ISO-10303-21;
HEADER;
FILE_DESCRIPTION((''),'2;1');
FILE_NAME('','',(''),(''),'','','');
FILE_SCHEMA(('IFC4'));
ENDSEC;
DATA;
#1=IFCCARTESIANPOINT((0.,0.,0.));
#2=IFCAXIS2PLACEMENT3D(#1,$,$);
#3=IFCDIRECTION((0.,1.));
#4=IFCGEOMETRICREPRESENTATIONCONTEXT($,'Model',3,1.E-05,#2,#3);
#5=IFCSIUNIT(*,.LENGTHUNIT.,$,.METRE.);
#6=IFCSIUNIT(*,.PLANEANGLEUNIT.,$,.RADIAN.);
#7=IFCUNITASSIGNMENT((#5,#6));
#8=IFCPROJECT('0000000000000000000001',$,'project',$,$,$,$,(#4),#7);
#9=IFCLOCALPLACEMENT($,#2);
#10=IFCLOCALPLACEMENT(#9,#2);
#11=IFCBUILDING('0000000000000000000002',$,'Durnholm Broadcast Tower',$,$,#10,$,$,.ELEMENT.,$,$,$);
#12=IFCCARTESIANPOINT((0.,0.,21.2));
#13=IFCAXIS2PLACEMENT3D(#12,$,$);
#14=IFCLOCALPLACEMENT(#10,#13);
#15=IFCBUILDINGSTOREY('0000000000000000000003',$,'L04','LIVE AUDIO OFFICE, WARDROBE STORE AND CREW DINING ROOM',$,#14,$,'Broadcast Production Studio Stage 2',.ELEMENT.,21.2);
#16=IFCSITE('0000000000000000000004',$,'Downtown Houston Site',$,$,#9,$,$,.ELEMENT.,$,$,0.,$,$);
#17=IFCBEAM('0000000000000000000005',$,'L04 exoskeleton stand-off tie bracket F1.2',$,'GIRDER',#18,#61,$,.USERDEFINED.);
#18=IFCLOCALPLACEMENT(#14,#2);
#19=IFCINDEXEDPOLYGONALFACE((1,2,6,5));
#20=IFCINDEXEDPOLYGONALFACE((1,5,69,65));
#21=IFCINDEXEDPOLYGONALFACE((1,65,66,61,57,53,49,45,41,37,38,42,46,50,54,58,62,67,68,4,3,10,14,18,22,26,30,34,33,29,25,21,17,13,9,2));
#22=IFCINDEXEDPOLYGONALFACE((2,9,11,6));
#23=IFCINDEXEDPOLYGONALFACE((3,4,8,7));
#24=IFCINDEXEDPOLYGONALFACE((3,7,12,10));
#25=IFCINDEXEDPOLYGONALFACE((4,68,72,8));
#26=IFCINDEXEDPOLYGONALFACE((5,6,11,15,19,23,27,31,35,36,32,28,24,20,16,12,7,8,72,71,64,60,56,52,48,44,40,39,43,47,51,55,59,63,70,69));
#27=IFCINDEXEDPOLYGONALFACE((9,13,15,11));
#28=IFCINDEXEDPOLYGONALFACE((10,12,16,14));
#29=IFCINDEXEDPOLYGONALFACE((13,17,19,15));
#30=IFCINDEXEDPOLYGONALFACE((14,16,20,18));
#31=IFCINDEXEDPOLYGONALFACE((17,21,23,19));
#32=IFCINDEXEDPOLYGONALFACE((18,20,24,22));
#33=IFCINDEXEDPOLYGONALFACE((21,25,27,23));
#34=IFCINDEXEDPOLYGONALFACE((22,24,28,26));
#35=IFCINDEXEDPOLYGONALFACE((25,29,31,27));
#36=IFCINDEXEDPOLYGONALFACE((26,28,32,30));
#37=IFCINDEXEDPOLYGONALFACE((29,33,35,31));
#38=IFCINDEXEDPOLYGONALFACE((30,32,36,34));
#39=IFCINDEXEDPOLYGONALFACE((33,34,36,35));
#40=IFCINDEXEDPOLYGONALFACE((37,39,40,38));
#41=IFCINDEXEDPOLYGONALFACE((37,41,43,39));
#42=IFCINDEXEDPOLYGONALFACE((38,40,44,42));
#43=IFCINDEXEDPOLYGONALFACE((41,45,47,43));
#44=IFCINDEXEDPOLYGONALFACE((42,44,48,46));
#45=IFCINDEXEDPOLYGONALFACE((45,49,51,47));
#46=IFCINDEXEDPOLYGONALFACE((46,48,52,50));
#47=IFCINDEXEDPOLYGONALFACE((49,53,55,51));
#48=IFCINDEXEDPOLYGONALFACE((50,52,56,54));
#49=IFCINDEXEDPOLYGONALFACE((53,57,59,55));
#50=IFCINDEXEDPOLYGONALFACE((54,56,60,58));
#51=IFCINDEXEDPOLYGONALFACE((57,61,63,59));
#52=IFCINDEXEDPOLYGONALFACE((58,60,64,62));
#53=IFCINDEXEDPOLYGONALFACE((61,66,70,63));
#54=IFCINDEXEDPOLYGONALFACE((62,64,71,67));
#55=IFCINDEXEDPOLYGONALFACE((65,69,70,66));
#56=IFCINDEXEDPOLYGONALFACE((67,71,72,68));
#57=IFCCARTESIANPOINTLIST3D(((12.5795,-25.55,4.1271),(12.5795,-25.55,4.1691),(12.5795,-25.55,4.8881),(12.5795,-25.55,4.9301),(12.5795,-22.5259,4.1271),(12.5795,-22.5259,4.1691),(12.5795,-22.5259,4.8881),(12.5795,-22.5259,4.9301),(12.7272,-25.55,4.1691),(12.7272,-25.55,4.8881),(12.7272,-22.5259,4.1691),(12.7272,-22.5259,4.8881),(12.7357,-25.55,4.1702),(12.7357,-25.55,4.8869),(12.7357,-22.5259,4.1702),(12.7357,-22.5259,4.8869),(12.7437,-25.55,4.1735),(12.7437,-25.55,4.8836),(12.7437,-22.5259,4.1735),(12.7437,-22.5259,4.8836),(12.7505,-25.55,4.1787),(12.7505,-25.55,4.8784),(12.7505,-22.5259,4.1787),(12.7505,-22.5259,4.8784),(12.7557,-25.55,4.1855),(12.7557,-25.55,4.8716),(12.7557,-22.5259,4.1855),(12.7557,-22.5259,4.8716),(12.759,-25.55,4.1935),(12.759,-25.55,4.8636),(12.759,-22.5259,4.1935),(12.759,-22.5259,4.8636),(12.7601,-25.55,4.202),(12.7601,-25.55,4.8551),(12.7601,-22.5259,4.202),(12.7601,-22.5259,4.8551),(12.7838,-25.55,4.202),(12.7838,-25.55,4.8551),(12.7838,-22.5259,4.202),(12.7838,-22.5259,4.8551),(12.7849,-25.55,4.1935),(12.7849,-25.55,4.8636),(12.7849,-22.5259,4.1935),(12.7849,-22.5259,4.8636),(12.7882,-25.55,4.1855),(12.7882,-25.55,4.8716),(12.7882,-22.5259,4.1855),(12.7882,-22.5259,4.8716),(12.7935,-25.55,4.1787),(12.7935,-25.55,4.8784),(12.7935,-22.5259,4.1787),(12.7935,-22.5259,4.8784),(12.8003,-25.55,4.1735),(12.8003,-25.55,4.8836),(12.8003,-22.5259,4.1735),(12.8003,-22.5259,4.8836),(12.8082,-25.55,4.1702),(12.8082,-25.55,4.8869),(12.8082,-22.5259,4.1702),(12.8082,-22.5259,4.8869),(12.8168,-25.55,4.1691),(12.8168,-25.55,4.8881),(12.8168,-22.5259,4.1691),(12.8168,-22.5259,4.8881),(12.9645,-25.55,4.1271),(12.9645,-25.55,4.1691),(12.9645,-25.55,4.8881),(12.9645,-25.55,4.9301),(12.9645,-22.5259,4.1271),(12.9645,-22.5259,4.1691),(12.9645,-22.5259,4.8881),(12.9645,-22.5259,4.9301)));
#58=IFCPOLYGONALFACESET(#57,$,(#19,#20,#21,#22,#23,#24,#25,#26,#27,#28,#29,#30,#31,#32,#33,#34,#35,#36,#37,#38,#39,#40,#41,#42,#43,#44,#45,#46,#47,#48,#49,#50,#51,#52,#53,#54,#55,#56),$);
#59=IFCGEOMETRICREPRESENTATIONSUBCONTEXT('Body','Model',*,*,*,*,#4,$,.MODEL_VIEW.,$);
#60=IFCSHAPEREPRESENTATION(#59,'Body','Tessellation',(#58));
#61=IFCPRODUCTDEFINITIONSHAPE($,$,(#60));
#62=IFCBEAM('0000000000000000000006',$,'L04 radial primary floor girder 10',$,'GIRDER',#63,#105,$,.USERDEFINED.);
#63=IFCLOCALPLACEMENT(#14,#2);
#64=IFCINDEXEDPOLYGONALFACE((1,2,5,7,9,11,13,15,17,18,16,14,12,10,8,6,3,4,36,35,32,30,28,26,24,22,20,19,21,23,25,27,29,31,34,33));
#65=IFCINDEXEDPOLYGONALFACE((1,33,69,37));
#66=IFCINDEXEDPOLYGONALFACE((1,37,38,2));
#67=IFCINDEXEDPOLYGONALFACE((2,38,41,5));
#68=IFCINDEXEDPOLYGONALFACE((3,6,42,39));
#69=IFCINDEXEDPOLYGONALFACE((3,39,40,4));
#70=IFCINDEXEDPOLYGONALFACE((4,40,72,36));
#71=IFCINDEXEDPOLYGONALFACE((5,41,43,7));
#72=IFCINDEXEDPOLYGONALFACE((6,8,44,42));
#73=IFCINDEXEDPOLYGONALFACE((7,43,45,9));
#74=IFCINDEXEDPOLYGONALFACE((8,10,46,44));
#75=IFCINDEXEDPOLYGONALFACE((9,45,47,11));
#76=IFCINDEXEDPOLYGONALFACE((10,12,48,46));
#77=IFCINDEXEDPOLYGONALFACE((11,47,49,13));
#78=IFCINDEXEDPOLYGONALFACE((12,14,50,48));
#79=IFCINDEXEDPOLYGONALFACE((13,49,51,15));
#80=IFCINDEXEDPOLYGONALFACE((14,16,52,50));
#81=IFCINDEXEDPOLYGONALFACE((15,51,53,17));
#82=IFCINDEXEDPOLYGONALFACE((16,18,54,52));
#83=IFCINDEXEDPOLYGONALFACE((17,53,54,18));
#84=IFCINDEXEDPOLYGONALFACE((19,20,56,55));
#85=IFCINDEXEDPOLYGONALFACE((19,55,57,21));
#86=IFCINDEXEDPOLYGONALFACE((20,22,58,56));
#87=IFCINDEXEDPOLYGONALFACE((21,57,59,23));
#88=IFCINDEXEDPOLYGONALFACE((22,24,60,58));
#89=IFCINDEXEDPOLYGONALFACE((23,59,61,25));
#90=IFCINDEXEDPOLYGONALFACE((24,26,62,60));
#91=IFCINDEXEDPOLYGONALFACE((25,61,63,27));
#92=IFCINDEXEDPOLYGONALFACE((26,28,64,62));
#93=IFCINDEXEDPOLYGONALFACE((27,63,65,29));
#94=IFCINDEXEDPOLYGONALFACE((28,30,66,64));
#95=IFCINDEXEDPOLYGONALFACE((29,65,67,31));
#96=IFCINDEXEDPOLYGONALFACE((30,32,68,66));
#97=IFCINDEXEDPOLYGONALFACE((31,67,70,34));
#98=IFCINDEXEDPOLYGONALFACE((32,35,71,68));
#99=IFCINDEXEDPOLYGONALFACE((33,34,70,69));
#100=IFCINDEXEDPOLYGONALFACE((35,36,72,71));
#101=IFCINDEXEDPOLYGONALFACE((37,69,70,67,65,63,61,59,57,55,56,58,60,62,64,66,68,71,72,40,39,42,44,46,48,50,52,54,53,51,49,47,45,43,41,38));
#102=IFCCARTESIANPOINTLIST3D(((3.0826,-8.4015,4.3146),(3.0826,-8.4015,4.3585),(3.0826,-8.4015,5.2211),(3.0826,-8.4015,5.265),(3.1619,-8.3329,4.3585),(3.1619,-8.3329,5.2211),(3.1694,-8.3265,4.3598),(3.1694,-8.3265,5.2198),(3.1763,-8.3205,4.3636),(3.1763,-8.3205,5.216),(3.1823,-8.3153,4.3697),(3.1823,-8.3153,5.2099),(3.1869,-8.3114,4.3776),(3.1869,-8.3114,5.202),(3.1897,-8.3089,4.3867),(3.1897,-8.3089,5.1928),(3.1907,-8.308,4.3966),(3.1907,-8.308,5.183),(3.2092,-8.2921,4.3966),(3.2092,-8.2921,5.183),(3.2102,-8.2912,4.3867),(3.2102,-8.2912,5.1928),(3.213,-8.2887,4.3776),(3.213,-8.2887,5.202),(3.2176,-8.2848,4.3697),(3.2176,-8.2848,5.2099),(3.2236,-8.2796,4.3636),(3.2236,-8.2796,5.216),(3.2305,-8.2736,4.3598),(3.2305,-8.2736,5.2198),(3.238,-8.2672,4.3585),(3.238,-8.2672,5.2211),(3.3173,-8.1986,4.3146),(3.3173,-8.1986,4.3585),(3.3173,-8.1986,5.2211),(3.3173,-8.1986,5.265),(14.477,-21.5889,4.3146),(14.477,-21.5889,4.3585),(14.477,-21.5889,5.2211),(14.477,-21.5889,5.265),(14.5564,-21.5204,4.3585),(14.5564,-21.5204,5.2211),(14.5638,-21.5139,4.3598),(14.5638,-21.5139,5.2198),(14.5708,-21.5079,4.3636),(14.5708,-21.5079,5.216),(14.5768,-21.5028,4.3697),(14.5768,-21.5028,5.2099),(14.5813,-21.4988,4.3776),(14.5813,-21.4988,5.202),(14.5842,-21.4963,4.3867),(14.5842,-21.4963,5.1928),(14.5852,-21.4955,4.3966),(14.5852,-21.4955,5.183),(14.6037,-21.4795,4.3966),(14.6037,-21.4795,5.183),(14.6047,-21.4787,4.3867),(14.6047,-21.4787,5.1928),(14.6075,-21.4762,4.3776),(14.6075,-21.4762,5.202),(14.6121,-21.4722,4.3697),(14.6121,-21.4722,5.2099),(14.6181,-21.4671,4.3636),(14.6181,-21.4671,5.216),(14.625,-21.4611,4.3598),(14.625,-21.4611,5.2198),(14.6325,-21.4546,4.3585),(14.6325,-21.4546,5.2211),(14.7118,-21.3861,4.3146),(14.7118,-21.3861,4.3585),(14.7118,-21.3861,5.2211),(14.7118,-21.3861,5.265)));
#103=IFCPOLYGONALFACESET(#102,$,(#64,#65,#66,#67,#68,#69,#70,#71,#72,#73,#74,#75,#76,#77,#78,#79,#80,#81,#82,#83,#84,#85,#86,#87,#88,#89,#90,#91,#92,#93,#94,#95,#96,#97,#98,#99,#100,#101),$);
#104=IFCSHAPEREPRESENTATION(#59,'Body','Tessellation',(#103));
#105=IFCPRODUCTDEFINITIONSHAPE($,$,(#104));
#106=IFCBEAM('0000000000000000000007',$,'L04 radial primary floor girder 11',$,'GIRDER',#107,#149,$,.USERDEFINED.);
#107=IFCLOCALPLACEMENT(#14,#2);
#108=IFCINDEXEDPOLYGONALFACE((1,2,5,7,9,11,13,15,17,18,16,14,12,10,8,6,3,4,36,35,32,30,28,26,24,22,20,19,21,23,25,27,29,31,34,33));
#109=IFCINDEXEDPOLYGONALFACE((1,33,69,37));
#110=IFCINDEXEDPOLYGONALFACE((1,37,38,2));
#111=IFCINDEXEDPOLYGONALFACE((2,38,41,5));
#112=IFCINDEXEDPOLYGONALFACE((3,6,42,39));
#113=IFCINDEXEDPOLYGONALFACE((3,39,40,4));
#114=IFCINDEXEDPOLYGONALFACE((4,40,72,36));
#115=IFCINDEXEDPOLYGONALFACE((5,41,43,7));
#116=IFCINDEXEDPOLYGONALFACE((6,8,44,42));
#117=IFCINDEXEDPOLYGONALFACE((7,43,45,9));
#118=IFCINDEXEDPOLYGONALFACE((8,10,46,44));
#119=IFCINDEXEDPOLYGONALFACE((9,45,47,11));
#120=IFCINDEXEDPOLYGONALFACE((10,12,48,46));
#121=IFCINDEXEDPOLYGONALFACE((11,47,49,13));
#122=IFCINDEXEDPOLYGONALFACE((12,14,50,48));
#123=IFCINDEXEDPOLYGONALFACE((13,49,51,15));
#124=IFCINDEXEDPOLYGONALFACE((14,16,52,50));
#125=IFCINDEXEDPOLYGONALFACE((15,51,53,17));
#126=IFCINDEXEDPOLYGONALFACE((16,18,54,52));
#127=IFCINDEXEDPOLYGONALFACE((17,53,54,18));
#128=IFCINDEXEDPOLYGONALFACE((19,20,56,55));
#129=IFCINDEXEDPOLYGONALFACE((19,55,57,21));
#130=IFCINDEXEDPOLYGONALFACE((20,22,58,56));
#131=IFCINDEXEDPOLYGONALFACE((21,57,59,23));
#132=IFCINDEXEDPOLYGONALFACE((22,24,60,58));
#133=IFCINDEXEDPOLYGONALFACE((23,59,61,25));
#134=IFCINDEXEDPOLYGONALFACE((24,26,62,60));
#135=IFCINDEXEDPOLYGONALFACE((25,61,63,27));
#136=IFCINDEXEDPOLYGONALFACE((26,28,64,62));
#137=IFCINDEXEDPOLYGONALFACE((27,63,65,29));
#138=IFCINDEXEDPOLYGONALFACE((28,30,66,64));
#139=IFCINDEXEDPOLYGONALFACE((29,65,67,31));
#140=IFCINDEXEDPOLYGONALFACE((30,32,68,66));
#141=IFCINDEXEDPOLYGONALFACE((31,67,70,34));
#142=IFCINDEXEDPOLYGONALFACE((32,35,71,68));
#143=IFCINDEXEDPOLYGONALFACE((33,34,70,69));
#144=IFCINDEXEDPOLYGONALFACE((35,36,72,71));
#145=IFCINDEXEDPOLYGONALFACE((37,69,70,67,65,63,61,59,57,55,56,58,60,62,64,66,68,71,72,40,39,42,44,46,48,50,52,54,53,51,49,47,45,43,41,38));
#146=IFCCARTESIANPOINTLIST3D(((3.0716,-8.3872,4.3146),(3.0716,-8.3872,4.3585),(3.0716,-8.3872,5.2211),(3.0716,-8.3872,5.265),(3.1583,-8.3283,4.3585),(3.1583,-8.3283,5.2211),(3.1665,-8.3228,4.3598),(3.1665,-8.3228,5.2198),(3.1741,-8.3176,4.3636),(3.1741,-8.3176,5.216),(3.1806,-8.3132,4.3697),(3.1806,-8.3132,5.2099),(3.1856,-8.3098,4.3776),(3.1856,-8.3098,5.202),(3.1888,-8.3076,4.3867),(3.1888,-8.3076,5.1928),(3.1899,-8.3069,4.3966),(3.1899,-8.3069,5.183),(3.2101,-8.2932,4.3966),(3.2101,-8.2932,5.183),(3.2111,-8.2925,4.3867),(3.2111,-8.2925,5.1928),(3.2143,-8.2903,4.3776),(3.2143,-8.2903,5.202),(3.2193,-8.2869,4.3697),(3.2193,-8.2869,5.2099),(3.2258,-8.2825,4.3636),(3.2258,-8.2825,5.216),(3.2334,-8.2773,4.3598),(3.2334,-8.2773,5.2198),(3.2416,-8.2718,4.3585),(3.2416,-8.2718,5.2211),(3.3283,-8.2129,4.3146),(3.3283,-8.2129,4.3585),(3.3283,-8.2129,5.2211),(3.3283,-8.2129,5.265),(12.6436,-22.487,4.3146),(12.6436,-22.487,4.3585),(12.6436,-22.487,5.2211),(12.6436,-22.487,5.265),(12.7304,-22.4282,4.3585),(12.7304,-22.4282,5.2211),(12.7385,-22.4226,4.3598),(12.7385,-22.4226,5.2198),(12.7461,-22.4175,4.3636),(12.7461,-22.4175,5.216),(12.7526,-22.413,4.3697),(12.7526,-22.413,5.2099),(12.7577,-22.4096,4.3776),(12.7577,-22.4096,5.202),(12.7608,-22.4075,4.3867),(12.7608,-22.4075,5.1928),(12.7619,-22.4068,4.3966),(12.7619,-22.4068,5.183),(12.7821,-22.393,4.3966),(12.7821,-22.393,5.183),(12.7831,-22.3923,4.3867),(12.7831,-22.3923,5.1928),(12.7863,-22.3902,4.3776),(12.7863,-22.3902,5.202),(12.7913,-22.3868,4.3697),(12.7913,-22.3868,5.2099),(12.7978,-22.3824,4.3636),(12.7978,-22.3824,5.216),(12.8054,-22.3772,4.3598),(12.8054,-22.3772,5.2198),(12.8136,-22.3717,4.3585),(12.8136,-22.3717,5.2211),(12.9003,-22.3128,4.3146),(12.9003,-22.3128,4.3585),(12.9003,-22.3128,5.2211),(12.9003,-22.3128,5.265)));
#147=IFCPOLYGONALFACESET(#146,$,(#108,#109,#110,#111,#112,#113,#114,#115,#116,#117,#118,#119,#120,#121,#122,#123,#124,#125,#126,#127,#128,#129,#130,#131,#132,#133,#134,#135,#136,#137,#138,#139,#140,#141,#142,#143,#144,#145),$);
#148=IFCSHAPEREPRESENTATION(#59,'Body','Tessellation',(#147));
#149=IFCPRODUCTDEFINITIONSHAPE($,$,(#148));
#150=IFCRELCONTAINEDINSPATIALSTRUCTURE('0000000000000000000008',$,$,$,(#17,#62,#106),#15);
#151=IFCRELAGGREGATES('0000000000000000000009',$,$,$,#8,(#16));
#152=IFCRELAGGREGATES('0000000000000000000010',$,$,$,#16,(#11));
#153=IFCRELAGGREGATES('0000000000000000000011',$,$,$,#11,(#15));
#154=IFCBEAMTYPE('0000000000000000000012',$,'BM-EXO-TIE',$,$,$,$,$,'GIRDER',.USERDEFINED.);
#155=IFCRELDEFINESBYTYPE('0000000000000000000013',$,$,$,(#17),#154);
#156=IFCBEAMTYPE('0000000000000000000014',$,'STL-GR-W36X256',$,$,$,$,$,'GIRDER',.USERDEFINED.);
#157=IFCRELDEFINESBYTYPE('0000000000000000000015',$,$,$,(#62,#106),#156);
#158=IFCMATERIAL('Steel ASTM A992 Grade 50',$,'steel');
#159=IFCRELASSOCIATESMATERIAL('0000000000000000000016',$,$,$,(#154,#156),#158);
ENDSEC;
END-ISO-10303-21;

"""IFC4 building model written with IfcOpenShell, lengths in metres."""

from ifc_helpers import new_model, si_unit, direction, frame, origin, origin_2d, place, context, subcontext, project, spatial, i_section, extrude, source, transform, mapped, material, material_profile, profile_set, type_object, type_shapes, element, save


model = new_model("IFC4")

# Units and contexts
model_context = context("Model", 3, precision=1e-05, world=origin(), true_north=direction((0.0, 1.0)))
body_context = subcontext(model_context, "Body", "Model", "MODEL_VIEW")
ifc_project = project(units=[si_unit("LENGTHUNIT", "METRE"), si_unit("PLANEANGLEUNIT", "RADIAN")], contexts=[model_context])

# Site, building, storey
site_placement = place(None, origin())
site = spatial("IfcSite", under=ifc_project, at=site_placement, Name="Downtown Houston Site", CompositionType="ELEMENT", RefElevation=0.0)
building_placement = place(site_placement, origin())
building = spatial("IfcBuilding", under=site, at=building_placement, Name="Durnholm Broadcast Tower", CompositionType="ELEMENT")
storey_placement = place(building_placement, frame((0.0, 0.0, 21.2)))
storey = spatial("IfcBuildingStorey", under=building, at=storey_placement, Name="L04", Description="LIVE AUDIO OFFICE, WARDROBE STORE AND CREW DINING ROOM", LongName="Broadcast Production Studio Stage 2", CompositionType="ELEMENT", Elevation=21.2)

# Beams
ifc_material_1 = material(Name="Steel ASTM A992 Grade 50", Category="steel")
ifc_material_profile_1 = material_profile(ifc_material_1, i_section(OverallWidth=0.385, OverallDepth=0.803, WebThickness=0.0237, FlangeThickness=0.042, FilletRadius=0.033, at=origin_2d()), Name="W30X261")
ifc_profile_set_1 = profile_set([ifc_material_profile_1], Name="Steel ASTM A992 Grade 50")
beam_type_1 = type_object("IfcBeamType", Name="BM-EXO-TIE", ElementType="GIRDER", PredefinedType="USERDEFINED", material=ifc_profile_set_1)
shared_shape_1 = source(origin(), body_context, "Body", "SweptSolid", [
    extrude(i_section(OverallWidth=0.385, OverallDepth=0.803, WebThickness=0.0237, FlangeThickness=0.042, FilletRadius=0.033, at=origin_2d()), origin(), (0.0, 0.0, 1.0), 3.0242),
])
type_shapes(beam_type_1, [shared_shape_1])
beam_1_placement = place(storey_placement, frame((12.772, -22.5259, 4.5286), z_axis=(0.0, -1.0, 0.0), x_axis=(1.0, 0.0, 0.0)))
element("IfcBeam", 1, at=beam_1_placement, inside=storey, type_object=beam_type_1, Name="L04 exoskeleton stand-off tie bracket F1.2", ObjectType="GIRDER", PredefinedType="USERDEFINED", context=body_context, shape_type="MappedRepresentation", body=[
    mapped(shared_shape_1, transform((0.0, 0.0, 0.0), x_axis=(1.0, 0.0, 0.0), y_axis=(0.0, 1.0, 0.0), z_axis=(0.0, 0.0, 1.0), scale=1.0)),
])
ifc_material_profile_2 = material_profile(ifc_material_1, i_section(OverallWidth=0.3103, OverallDepth=0.9504, WebThickness=0.0244, FlangeThickness=0.0439, FilletRadius=0.0381, at=origin_2d()), Name="W36X256")
ifc_profile_set_2 = profile_set([ifc_material_profile_2], Name="Steel ASTM A992 Grade 50")
beam_type_2 = type_object("IfcBeamType", Name="STL-GR-W36X256", ElementType="GIRDER", PredefinedType="USERDEFINED", material=ifc_profile_set_2)
shared_shape_2 = source(origin(), body_context, "Body", "SweptSolid", [
    extrude(i_section(OverallWidth=0.3103, OverallDepth=0.9504, WebThickness=0.0244, FlangeThickness=0.0439, FilletRadius=0.0381, at=origin_2d()), origin(), (0.0, 0.0, 1.0), 17.4282),
])
beam_2_placement = place(storey_placement, frame((3.2, -8.3, 4.7898), z_axis=(0.653795, -0.756672, 0.0), x_axis=(0.756672, 0.653795, 0.0)))
element("IfcBeam", 2, at=beam_2_placement, inside=storey, type_object=beam_type_2, Name="L04 radial primary floor girder 10", ObjectType="GIRDER", PredefinedType="USERDEFINED", context=body_context, shape_type="MappedRepresentation", body=[
    mapped(shared_shape_2, transform((0.0, 0.0, 0.0), x_axis=(1.0, 0.0, 0.0), y_axis=(0.0, 1.0, 0.0), z_axis=(0.0, 0.0, 1.0), scale=1.0)),
])
shared_shape_3 = source(origin(), body_context, "Body", "SweptSolid", [
    extrude(i_section(OverallWidth=0.3103, OverallDepth=0.9504, WebThickness=0.0244, FlangeThickness=0.0439, FilletRadius=0.0381, at=origin_2d()), origin(), (0.0, 0.0, 1.0), 17.042),
])
type_shapes(beam_type_2, [shared_shape_2, shared_shape_3])
beam_3_placement = place(storey_placement, frame((3.2, -8.3, 4.7898), z_axis=(0.561673, -0.82736, 0.0), x_axis=(0.82736, 0.561673, 0.0)))
element("IfcBeam", 3, at=beam_3_placement, inside=storey, type_object=beam_type_2, Name="L04 radial primary floor girder 11", ObjectType="GIRDER", PredefinedType="USERDEFINED", context=body_context, shape_type="MappedRepresentation", body=[
    mapped(shared_shape_3, transform((0.0, 0.0, 0.0), x_axis=(1.0, 0.0, 0.0), y_axis=(0.0, 1.0, 0.0), z_axis=(0.0, 0.0, 1.0), scale=1.0)),
])

save(model, "model.ifc")
